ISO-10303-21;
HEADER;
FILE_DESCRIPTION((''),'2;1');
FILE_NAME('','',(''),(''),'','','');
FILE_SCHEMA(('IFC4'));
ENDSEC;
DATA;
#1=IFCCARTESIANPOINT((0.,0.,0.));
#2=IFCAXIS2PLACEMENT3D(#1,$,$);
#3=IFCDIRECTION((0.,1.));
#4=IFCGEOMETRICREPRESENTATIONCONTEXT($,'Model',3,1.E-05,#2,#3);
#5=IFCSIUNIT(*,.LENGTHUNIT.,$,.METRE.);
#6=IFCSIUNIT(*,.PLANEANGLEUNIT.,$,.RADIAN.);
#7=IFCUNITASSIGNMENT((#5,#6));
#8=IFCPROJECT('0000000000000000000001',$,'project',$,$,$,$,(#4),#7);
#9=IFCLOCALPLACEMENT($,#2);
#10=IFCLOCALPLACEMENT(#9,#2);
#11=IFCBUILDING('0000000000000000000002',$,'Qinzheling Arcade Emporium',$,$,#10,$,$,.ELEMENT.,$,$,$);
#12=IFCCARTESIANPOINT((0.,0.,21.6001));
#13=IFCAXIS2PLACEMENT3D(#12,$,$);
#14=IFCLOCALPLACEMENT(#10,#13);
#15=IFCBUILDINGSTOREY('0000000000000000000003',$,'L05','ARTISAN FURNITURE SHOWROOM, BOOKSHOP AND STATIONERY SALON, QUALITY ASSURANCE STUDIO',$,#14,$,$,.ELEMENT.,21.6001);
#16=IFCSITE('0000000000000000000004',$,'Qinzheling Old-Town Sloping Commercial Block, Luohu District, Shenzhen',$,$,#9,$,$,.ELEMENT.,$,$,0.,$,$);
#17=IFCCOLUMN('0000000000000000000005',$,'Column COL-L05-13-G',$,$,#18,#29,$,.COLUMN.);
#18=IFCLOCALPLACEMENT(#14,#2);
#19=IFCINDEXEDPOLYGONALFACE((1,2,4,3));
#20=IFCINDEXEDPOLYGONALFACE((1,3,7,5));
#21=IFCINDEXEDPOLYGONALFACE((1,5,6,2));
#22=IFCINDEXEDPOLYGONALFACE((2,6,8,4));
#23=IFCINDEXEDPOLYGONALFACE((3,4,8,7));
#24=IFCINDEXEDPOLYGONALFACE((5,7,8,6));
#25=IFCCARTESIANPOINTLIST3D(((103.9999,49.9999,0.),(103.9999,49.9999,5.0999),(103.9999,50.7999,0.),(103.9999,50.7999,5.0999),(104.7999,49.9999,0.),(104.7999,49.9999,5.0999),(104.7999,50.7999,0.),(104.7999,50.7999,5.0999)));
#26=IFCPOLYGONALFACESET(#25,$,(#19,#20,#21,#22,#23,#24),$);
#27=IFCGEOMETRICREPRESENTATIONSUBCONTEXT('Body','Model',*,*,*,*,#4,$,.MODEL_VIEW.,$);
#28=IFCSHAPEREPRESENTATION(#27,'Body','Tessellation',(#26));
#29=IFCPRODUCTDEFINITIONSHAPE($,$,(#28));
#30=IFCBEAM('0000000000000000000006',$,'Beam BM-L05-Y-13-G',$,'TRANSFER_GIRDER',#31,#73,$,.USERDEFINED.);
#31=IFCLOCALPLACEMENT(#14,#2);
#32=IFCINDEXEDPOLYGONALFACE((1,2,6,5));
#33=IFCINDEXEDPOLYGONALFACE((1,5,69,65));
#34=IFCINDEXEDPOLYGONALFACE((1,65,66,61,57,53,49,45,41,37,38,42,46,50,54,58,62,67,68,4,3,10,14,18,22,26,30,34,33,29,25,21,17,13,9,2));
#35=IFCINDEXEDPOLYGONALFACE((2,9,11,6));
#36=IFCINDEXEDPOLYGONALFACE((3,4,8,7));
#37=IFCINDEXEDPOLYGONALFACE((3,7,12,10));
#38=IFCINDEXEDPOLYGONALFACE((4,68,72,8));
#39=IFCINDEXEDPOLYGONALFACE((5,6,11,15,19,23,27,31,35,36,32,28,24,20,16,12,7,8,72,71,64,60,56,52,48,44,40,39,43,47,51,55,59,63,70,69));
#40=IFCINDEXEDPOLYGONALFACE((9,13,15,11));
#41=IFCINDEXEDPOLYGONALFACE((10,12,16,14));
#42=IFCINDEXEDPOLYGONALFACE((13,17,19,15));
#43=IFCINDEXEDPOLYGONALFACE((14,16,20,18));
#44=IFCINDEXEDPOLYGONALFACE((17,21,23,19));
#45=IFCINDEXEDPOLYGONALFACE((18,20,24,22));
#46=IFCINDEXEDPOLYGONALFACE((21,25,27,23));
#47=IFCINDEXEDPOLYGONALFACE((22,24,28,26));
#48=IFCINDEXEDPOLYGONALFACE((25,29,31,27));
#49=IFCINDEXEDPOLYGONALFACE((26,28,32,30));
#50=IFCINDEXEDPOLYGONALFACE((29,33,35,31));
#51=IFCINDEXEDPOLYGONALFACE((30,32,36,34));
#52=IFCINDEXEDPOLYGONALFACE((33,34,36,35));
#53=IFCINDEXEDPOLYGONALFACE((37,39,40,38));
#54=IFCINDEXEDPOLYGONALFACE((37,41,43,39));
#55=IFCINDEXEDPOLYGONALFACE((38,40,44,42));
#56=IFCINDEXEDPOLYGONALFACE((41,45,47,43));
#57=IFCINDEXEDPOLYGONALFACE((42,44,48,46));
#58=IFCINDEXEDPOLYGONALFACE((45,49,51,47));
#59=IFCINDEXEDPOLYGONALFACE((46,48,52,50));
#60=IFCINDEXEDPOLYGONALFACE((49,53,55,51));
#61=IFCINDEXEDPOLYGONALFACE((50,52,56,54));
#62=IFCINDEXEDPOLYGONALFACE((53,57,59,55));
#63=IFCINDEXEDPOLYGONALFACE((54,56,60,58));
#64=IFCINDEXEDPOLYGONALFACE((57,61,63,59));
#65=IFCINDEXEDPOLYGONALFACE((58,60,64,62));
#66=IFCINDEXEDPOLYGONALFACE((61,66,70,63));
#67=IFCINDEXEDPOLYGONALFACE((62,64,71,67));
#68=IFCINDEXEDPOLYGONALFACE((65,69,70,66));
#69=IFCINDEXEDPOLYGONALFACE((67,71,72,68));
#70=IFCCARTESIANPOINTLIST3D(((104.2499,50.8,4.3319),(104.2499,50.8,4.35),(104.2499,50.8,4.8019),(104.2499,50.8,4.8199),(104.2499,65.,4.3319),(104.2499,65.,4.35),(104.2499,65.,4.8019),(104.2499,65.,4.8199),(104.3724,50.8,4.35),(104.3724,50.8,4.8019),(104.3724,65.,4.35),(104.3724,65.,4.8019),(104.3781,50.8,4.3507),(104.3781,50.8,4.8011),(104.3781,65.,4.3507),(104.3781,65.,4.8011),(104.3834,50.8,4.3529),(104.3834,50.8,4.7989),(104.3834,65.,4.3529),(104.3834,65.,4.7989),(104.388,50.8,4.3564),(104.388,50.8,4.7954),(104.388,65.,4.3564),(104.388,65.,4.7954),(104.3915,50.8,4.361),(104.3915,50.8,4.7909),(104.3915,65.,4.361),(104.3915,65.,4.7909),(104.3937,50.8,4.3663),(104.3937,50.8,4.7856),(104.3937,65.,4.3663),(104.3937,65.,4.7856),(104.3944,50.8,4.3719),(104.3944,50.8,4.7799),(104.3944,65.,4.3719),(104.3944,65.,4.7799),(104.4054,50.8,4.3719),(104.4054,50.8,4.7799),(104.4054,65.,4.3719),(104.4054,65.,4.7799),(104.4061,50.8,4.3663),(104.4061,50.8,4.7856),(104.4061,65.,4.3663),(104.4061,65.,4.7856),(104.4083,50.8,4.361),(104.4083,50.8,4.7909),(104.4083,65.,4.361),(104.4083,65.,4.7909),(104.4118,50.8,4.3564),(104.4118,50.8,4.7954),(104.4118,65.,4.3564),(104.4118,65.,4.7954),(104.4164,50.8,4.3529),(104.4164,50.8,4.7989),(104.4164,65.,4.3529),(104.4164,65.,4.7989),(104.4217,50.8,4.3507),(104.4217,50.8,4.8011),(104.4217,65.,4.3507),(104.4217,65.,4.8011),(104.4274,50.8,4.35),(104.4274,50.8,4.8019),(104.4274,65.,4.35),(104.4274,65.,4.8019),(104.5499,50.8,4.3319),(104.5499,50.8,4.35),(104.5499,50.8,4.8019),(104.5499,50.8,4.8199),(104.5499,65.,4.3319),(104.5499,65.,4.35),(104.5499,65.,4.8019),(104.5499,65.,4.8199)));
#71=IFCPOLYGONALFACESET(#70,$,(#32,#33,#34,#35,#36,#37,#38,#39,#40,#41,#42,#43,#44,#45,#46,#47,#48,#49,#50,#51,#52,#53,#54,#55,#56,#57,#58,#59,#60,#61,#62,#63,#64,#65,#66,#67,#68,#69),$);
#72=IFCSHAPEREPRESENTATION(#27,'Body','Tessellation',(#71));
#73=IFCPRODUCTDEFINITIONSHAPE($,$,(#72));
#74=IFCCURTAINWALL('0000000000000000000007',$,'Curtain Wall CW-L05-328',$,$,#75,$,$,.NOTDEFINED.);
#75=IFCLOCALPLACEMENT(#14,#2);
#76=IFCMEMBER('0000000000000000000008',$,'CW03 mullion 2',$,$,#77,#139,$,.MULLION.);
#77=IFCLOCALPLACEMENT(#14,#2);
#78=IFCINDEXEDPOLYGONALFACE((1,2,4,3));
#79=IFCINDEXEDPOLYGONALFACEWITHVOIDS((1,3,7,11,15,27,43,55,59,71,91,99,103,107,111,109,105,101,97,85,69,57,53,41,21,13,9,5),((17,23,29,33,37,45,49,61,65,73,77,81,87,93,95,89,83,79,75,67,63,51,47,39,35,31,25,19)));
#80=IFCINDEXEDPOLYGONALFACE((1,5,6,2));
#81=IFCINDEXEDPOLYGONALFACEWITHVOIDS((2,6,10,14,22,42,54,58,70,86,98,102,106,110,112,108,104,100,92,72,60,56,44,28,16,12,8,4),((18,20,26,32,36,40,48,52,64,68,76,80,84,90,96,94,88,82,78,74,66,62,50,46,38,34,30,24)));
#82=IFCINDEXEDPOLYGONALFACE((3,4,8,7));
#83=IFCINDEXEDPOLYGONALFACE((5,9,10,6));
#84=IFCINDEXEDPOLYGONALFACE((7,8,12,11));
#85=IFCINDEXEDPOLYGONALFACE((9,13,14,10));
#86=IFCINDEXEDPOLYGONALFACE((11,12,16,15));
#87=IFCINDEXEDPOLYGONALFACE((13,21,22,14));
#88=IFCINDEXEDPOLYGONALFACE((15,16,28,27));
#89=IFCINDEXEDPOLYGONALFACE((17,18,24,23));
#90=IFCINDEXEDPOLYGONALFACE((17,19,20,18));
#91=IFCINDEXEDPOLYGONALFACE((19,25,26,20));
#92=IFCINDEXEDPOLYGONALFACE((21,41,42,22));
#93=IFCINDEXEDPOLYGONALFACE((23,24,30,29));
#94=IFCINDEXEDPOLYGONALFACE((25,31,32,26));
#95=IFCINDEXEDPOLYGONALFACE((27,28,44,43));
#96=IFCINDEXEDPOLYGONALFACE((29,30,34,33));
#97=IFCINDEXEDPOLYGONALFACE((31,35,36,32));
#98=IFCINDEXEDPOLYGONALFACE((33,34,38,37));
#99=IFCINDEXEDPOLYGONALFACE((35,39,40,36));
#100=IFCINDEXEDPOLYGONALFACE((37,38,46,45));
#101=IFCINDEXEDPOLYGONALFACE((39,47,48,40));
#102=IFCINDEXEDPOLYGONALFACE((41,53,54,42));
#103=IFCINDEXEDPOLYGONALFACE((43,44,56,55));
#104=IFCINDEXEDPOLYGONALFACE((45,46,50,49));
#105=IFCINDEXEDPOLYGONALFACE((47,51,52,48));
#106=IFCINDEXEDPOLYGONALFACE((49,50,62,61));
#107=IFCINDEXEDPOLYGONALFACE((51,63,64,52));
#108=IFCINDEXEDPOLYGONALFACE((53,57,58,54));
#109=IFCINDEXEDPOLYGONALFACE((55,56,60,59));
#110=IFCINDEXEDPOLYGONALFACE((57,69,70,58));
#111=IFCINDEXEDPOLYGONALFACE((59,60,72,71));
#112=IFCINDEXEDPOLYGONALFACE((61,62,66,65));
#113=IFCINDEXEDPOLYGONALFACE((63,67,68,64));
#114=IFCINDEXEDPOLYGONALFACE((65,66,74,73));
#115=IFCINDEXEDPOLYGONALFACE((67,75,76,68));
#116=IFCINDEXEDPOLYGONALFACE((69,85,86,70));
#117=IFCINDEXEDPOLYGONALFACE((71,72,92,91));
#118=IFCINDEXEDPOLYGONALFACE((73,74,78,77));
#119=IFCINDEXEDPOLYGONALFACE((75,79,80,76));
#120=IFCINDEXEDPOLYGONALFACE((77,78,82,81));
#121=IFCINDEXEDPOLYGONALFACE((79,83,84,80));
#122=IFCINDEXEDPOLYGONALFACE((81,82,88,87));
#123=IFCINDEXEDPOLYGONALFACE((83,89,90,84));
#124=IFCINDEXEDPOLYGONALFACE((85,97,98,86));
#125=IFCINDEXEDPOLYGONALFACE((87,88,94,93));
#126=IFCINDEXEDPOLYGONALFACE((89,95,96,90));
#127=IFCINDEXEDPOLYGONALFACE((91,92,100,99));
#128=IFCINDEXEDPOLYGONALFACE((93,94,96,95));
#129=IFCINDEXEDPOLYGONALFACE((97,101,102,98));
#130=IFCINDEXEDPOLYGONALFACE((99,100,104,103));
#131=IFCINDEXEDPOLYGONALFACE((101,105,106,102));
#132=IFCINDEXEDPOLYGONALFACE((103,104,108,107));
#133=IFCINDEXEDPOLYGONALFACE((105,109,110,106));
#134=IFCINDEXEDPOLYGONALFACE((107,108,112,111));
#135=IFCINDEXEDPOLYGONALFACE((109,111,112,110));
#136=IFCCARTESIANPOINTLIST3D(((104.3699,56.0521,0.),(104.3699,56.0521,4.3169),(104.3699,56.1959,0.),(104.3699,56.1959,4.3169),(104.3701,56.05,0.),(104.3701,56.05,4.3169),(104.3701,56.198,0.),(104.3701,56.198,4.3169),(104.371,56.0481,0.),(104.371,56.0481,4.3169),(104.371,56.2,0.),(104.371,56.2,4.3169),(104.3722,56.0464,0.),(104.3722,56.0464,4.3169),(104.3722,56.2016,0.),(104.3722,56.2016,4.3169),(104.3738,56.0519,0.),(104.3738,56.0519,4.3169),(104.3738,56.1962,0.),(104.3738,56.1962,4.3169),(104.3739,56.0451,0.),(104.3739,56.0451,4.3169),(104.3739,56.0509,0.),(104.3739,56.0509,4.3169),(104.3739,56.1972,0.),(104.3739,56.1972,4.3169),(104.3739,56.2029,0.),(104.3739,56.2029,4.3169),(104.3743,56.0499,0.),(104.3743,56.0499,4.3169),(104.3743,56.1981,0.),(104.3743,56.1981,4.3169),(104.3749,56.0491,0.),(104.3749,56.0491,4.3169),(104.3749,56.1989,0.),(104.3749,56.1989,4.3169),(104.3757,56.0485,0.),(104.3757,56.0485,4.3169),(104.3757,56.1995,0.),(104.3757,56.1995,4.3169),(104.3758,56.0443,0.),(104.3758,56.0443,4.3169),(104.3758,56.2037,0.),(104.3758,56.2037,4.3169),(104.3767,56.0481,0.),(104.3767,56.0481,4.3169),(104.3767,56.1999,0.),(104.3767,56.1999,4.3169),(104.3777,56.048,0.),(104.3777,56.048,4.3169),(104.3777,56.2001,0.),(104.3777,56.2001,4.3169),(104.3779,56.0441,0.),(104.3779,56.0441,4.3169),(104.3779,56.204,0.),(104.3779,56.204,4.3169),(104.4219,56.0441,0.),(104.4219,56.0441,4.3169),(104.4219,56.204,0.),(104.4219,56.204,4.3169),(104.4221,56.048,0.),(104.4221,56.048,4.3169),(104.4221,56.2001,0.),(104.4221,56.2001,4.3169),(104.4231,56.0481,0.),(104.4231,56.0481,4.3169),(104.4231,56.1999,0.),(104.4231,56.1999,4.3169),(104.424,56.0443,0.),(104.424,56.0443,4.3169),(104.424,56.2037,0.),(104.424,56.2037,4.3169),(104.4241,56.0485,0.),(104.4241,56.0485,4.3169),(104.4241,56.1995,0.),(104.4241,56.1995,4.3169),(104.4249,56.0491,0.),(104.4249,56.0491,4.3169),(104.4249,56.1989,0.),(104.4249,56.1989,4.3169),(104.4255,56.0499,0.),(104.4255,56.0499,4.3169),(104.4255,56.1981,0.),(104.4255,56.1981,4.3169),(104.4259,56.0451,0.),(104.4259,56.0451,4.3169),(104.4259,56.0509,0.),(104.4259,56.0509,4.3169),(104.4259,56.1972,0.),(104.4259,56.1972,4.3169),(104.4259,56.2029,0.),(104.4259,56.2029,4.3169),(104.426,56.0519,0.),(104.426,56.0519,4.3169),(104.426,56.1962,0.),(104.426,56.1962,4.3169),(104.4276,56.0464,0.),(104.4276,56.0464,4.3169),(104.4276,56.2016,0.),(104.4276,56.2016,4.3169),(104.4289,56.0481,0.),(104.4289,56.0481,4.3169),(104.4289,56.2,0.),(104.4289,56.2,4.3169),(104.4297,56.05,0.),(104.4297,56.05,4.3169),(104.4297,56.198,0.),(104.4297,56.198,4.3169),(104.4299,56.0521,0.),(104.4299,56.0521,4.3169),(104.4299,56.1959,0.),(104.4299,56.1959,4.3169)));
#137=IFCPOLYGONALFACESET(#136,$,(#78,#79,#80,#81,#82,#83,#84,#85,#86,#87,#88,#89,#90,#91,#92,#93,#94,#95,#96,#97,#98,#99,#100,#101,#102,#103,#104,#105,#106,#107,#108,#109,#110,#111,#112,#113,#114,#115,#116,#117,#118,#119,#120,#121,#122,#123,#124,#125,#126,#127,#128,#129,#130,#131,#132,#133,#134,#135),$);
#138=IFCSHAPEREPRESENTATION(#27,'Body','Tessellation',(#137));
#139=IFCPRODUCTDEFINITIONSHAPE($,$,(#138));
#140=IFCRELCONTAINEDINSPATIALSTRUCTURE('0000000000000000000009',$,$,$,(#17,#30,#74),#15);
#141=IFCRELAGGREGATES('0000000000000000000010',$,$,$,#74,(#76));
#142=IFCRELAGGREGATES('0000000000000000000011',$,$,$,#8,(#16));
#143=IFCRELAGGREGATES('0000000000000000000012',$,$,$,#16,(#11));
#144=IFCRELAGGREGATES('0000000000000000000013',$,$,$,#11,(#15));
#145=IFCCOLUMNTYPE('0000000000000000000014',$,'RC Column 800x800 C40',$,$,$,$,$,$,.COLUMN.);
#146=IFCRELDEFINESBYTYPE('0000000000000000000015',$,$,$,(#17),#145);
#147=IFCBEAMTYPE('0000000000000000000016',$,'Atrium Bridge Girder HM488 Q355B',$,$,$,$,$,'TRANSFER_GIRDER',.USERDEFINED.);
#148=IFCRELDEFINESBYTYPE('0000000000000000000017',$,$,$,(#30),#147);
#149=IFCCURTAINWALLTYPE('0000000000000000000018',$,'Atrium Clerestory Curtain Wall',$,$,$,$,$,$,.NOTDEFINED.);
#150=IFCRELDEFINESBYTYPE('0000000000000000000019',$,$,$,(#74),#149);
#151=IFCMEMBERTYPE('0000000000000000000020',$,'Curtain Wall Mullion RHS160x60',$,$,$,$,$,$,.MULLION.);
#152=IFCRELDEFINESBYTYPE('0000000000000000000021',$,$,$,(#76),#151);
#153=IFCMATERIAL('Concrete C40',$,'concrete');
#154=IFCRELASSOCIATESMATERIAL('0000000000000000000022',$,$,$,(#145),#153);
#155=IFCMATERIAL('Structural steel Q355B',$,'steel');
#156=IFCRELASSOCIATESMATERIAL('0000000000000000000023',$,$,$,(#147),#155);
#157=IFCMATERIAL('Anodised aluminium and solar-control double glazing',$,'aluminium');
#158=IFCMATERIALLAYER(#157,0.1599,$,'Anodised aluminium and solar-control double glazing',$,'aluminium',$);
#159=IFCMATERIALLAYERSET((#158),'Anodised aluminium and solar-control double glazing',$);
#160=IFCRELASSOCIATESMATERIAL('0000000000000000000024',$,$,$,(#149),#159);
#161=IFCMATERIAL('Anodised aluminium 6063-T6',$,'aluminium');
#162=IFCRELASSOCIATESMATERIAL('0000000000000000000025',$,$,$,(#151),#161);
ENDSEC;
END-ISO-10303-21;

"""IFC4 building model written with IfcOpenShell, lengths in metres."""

from ifc_helpers import new_model, si_unit, direction, frame, origin, origin_2d, place, context, subcontext, project, spatial, rectangle, hollow_rectangle, i_section, extrude, material, layer, layer_set, material_profile, profile_set, type_object, element, aggregate, save


model = new_model("IFC4")

# Units and contexts
model_context = context("Model", 3, precision=1e-05, world=origin(), true_north=direction((0.0, 1.0)))
body_context = subcontext(model_context, "Body", "Model", "MODEL_VIEW")
ifc_project = project(units=[si_unit("LENGTHUNIT", "METRE"), si_unit("PLANEANGLEUNIT", "RADIAN")], contexts=[model_context])

# Site, building, storey
site_placement = place(None, origin())
site = spatial("IfcSite", under=ifc_project, at=site_placement, Name="Qinzheling Old-Town Sloping Commercial Block, Luohu District, Shenzhen", CompositionType="ELEMENT", RefElevation=0.0)
building_placement = place(site_placement, origin())
building = spatial("IfcBuilding", under=site, at=building_placement, Name="Qinzheling Arcade Emporium", CompositionType="ELEMENT")
storey_placement = place(building_placement, frame((0.0, 0.0, 21.6001)))
storey = spatial("IfcBuildingStorey", under=building, at=storey_placement, Name="L05", Description="ARTISAN FURNITURE SHOWROOM, BOOKSHOP AND STATIONERY SALON, QUALITY ASSURANCE STUDIO", CompositionType="ELEMENT", Elevation=21.6001)

# Column
ifc_material_1 = material(Name="Concrete C40", Category="concrete")
ifc_material_profile_1 = material_profile(ifc_material_1, rectangle(XDim=0.8, YDim=0.8, at=origin_2d()), Name="RC 800x800", Category="concrete")
ifc_profile_set_1 = profile_set([ifc_material_profile_1], Name="Concrete C40")
column_type = type_object("IfcColumnType", Name="RC Column 800x800 C40", PredefinedType="COLUMN", material=ifc_profile_set_1)
column_placement = place(storey_placement, frame((104.3999, 50.3999, 0.0), z_axis=(0.0, 0.0, 1.0), x_axis=(1.0, 0.0, 0.0)))
element("IfcColumn", 1, at=column_placement, inside=storey, type_object=column_type, Name="Column COL-L05-13-G", PredefinedType="COLUMN", context=body_context, shape_type="SweptSolid", body=[
    extrude(rectangle(XDim=0.8, YDim=0.8, at=origin_2d()), origin(), (0.0, 0.0, 1.0), 5.0999),
])

# Beam
ifc_material_2 = material(Name="Structural steel Q355B", Category="steel")
ifc_material_profile_2 = material_profile(ifc_material_2, i_section(OverallWidth=0.3, OverallDepth=0.488, WebThickness=0.011, FlangeThickness=0.0181, FilletRadius=0.022, at=origin_2d()), Name="HM 488x300x11x18", Category="steel")
ifc_profile_set_2 = profile_set([ifc_material_profile_2], Name="Structural steel Q355B")
beam_type = type_object("IfcBeamType", Name="Atrium Bridge Girder HM488 Q355B", ElementType="TRANSFER_GIRDER", PredefinedType="USERDEFINED", material=ifc_profile_set_2)
beam_placement = place(storey_placement, frame((104.3999, 50.8, 4.5759), z_axis=(0.0, 1.0, 0.0), x_axis=(-1.0, 0.0, 0.0)))
element("IfcBeam", 2, at=beam_placement, inside=storey, type_object=beam_type, Name="Beam BM-L05-Y-13-G", ObjectType="TRANSFER_GIRDER", PredefinedType="USERDEFINED", context=body_context, shape_type="SweptSolid", body=[
    extrude(i_section(OverallWidth=0.3, OverallDepth=0.488, WebThickness=0.011, FlangeThickness=0.0181, FilletRadius=0.022, at=origin_2d()), origin(), (0.0, 0.0, 1.0), 14.2),
])

# Curtain wall, member
ifc_material_3 = material(Name="Anodised aluminium and solar-control double glazing", Category="aluminium")
ifc_layer_1 = layer(ifc_material_3, 0.1599, Name="Anodised aluminium and solar-control double glazing", Category="aluminium")
ifc_layer_set_1 = layer_set([ifc_layer_1], Name="Anodised aluminium and solar-control double glazing")
curtain_wall_type = type_object("IfcCurtainWallType", Name="Atrium Clerestory Curtain Wall", PredefinedType="NOTDEFINED", material=ifc_layer_set_1)
curtain_wall_placement = place(storey_placement, origin())
curtain_wall = element("IfcCurtainWall", 3, at=curtain_wall_placement, inside=storey, type_object=curtain_wall_type, Name="Curtain Wall CW-L05-328", PredefinedType="NOTDEFINED")
ifc_material_4 = material(Name="Anodised aluminium 6063-T6", Category="aluminium")
ifc_material_profile_3 = material_profile(ifc_material_4, hollow_rectangle(XDim=0.0601, YDim=0.1599, WallThickness=0.0039, InnerFilletRadius=0.0039, OuterFilletRadius=0.0081, at=origin_2d()), Name="RHS 160x60x4", Category="aluminium")
ifc_profile_set_3 = profile_set([ifc_material_profile_3], Name="Anodised aluminium 6063-T6")
member_type_1 = type_object("IfcMemberType", Name="Curtain Wall Mullion RHS160x60", PredefinedType="MULLION", material=ifc_profile_set_3)
member_1_placement = place(storey_placement, frame((104.3999, 56.124, 0.0), z_axis=(0.0, 0.0, 1.0), x_axis=(1.0, 0.0, 0.0)))
member_1 = element("IfcMember", 4, at=member_1_placement, type_object=member_type_1, Name="CW03 mullion 2", PredefinedType="MULLION", context=body_context, shape_type="SweptSolid", body=[
    extrude(hollow_rectangle(XDim=0.0601, YDim=0.1599, WallThickness=0.0039, InnerFilletRadius=0.0039, OuterFilletRadius=0.0081, at=origin_2d()), origin(), (0.0, 0.0, 1.0), 4.3169),
])
aggregate(curtain_wall, [member_1])

save(model, "model.ifc")
